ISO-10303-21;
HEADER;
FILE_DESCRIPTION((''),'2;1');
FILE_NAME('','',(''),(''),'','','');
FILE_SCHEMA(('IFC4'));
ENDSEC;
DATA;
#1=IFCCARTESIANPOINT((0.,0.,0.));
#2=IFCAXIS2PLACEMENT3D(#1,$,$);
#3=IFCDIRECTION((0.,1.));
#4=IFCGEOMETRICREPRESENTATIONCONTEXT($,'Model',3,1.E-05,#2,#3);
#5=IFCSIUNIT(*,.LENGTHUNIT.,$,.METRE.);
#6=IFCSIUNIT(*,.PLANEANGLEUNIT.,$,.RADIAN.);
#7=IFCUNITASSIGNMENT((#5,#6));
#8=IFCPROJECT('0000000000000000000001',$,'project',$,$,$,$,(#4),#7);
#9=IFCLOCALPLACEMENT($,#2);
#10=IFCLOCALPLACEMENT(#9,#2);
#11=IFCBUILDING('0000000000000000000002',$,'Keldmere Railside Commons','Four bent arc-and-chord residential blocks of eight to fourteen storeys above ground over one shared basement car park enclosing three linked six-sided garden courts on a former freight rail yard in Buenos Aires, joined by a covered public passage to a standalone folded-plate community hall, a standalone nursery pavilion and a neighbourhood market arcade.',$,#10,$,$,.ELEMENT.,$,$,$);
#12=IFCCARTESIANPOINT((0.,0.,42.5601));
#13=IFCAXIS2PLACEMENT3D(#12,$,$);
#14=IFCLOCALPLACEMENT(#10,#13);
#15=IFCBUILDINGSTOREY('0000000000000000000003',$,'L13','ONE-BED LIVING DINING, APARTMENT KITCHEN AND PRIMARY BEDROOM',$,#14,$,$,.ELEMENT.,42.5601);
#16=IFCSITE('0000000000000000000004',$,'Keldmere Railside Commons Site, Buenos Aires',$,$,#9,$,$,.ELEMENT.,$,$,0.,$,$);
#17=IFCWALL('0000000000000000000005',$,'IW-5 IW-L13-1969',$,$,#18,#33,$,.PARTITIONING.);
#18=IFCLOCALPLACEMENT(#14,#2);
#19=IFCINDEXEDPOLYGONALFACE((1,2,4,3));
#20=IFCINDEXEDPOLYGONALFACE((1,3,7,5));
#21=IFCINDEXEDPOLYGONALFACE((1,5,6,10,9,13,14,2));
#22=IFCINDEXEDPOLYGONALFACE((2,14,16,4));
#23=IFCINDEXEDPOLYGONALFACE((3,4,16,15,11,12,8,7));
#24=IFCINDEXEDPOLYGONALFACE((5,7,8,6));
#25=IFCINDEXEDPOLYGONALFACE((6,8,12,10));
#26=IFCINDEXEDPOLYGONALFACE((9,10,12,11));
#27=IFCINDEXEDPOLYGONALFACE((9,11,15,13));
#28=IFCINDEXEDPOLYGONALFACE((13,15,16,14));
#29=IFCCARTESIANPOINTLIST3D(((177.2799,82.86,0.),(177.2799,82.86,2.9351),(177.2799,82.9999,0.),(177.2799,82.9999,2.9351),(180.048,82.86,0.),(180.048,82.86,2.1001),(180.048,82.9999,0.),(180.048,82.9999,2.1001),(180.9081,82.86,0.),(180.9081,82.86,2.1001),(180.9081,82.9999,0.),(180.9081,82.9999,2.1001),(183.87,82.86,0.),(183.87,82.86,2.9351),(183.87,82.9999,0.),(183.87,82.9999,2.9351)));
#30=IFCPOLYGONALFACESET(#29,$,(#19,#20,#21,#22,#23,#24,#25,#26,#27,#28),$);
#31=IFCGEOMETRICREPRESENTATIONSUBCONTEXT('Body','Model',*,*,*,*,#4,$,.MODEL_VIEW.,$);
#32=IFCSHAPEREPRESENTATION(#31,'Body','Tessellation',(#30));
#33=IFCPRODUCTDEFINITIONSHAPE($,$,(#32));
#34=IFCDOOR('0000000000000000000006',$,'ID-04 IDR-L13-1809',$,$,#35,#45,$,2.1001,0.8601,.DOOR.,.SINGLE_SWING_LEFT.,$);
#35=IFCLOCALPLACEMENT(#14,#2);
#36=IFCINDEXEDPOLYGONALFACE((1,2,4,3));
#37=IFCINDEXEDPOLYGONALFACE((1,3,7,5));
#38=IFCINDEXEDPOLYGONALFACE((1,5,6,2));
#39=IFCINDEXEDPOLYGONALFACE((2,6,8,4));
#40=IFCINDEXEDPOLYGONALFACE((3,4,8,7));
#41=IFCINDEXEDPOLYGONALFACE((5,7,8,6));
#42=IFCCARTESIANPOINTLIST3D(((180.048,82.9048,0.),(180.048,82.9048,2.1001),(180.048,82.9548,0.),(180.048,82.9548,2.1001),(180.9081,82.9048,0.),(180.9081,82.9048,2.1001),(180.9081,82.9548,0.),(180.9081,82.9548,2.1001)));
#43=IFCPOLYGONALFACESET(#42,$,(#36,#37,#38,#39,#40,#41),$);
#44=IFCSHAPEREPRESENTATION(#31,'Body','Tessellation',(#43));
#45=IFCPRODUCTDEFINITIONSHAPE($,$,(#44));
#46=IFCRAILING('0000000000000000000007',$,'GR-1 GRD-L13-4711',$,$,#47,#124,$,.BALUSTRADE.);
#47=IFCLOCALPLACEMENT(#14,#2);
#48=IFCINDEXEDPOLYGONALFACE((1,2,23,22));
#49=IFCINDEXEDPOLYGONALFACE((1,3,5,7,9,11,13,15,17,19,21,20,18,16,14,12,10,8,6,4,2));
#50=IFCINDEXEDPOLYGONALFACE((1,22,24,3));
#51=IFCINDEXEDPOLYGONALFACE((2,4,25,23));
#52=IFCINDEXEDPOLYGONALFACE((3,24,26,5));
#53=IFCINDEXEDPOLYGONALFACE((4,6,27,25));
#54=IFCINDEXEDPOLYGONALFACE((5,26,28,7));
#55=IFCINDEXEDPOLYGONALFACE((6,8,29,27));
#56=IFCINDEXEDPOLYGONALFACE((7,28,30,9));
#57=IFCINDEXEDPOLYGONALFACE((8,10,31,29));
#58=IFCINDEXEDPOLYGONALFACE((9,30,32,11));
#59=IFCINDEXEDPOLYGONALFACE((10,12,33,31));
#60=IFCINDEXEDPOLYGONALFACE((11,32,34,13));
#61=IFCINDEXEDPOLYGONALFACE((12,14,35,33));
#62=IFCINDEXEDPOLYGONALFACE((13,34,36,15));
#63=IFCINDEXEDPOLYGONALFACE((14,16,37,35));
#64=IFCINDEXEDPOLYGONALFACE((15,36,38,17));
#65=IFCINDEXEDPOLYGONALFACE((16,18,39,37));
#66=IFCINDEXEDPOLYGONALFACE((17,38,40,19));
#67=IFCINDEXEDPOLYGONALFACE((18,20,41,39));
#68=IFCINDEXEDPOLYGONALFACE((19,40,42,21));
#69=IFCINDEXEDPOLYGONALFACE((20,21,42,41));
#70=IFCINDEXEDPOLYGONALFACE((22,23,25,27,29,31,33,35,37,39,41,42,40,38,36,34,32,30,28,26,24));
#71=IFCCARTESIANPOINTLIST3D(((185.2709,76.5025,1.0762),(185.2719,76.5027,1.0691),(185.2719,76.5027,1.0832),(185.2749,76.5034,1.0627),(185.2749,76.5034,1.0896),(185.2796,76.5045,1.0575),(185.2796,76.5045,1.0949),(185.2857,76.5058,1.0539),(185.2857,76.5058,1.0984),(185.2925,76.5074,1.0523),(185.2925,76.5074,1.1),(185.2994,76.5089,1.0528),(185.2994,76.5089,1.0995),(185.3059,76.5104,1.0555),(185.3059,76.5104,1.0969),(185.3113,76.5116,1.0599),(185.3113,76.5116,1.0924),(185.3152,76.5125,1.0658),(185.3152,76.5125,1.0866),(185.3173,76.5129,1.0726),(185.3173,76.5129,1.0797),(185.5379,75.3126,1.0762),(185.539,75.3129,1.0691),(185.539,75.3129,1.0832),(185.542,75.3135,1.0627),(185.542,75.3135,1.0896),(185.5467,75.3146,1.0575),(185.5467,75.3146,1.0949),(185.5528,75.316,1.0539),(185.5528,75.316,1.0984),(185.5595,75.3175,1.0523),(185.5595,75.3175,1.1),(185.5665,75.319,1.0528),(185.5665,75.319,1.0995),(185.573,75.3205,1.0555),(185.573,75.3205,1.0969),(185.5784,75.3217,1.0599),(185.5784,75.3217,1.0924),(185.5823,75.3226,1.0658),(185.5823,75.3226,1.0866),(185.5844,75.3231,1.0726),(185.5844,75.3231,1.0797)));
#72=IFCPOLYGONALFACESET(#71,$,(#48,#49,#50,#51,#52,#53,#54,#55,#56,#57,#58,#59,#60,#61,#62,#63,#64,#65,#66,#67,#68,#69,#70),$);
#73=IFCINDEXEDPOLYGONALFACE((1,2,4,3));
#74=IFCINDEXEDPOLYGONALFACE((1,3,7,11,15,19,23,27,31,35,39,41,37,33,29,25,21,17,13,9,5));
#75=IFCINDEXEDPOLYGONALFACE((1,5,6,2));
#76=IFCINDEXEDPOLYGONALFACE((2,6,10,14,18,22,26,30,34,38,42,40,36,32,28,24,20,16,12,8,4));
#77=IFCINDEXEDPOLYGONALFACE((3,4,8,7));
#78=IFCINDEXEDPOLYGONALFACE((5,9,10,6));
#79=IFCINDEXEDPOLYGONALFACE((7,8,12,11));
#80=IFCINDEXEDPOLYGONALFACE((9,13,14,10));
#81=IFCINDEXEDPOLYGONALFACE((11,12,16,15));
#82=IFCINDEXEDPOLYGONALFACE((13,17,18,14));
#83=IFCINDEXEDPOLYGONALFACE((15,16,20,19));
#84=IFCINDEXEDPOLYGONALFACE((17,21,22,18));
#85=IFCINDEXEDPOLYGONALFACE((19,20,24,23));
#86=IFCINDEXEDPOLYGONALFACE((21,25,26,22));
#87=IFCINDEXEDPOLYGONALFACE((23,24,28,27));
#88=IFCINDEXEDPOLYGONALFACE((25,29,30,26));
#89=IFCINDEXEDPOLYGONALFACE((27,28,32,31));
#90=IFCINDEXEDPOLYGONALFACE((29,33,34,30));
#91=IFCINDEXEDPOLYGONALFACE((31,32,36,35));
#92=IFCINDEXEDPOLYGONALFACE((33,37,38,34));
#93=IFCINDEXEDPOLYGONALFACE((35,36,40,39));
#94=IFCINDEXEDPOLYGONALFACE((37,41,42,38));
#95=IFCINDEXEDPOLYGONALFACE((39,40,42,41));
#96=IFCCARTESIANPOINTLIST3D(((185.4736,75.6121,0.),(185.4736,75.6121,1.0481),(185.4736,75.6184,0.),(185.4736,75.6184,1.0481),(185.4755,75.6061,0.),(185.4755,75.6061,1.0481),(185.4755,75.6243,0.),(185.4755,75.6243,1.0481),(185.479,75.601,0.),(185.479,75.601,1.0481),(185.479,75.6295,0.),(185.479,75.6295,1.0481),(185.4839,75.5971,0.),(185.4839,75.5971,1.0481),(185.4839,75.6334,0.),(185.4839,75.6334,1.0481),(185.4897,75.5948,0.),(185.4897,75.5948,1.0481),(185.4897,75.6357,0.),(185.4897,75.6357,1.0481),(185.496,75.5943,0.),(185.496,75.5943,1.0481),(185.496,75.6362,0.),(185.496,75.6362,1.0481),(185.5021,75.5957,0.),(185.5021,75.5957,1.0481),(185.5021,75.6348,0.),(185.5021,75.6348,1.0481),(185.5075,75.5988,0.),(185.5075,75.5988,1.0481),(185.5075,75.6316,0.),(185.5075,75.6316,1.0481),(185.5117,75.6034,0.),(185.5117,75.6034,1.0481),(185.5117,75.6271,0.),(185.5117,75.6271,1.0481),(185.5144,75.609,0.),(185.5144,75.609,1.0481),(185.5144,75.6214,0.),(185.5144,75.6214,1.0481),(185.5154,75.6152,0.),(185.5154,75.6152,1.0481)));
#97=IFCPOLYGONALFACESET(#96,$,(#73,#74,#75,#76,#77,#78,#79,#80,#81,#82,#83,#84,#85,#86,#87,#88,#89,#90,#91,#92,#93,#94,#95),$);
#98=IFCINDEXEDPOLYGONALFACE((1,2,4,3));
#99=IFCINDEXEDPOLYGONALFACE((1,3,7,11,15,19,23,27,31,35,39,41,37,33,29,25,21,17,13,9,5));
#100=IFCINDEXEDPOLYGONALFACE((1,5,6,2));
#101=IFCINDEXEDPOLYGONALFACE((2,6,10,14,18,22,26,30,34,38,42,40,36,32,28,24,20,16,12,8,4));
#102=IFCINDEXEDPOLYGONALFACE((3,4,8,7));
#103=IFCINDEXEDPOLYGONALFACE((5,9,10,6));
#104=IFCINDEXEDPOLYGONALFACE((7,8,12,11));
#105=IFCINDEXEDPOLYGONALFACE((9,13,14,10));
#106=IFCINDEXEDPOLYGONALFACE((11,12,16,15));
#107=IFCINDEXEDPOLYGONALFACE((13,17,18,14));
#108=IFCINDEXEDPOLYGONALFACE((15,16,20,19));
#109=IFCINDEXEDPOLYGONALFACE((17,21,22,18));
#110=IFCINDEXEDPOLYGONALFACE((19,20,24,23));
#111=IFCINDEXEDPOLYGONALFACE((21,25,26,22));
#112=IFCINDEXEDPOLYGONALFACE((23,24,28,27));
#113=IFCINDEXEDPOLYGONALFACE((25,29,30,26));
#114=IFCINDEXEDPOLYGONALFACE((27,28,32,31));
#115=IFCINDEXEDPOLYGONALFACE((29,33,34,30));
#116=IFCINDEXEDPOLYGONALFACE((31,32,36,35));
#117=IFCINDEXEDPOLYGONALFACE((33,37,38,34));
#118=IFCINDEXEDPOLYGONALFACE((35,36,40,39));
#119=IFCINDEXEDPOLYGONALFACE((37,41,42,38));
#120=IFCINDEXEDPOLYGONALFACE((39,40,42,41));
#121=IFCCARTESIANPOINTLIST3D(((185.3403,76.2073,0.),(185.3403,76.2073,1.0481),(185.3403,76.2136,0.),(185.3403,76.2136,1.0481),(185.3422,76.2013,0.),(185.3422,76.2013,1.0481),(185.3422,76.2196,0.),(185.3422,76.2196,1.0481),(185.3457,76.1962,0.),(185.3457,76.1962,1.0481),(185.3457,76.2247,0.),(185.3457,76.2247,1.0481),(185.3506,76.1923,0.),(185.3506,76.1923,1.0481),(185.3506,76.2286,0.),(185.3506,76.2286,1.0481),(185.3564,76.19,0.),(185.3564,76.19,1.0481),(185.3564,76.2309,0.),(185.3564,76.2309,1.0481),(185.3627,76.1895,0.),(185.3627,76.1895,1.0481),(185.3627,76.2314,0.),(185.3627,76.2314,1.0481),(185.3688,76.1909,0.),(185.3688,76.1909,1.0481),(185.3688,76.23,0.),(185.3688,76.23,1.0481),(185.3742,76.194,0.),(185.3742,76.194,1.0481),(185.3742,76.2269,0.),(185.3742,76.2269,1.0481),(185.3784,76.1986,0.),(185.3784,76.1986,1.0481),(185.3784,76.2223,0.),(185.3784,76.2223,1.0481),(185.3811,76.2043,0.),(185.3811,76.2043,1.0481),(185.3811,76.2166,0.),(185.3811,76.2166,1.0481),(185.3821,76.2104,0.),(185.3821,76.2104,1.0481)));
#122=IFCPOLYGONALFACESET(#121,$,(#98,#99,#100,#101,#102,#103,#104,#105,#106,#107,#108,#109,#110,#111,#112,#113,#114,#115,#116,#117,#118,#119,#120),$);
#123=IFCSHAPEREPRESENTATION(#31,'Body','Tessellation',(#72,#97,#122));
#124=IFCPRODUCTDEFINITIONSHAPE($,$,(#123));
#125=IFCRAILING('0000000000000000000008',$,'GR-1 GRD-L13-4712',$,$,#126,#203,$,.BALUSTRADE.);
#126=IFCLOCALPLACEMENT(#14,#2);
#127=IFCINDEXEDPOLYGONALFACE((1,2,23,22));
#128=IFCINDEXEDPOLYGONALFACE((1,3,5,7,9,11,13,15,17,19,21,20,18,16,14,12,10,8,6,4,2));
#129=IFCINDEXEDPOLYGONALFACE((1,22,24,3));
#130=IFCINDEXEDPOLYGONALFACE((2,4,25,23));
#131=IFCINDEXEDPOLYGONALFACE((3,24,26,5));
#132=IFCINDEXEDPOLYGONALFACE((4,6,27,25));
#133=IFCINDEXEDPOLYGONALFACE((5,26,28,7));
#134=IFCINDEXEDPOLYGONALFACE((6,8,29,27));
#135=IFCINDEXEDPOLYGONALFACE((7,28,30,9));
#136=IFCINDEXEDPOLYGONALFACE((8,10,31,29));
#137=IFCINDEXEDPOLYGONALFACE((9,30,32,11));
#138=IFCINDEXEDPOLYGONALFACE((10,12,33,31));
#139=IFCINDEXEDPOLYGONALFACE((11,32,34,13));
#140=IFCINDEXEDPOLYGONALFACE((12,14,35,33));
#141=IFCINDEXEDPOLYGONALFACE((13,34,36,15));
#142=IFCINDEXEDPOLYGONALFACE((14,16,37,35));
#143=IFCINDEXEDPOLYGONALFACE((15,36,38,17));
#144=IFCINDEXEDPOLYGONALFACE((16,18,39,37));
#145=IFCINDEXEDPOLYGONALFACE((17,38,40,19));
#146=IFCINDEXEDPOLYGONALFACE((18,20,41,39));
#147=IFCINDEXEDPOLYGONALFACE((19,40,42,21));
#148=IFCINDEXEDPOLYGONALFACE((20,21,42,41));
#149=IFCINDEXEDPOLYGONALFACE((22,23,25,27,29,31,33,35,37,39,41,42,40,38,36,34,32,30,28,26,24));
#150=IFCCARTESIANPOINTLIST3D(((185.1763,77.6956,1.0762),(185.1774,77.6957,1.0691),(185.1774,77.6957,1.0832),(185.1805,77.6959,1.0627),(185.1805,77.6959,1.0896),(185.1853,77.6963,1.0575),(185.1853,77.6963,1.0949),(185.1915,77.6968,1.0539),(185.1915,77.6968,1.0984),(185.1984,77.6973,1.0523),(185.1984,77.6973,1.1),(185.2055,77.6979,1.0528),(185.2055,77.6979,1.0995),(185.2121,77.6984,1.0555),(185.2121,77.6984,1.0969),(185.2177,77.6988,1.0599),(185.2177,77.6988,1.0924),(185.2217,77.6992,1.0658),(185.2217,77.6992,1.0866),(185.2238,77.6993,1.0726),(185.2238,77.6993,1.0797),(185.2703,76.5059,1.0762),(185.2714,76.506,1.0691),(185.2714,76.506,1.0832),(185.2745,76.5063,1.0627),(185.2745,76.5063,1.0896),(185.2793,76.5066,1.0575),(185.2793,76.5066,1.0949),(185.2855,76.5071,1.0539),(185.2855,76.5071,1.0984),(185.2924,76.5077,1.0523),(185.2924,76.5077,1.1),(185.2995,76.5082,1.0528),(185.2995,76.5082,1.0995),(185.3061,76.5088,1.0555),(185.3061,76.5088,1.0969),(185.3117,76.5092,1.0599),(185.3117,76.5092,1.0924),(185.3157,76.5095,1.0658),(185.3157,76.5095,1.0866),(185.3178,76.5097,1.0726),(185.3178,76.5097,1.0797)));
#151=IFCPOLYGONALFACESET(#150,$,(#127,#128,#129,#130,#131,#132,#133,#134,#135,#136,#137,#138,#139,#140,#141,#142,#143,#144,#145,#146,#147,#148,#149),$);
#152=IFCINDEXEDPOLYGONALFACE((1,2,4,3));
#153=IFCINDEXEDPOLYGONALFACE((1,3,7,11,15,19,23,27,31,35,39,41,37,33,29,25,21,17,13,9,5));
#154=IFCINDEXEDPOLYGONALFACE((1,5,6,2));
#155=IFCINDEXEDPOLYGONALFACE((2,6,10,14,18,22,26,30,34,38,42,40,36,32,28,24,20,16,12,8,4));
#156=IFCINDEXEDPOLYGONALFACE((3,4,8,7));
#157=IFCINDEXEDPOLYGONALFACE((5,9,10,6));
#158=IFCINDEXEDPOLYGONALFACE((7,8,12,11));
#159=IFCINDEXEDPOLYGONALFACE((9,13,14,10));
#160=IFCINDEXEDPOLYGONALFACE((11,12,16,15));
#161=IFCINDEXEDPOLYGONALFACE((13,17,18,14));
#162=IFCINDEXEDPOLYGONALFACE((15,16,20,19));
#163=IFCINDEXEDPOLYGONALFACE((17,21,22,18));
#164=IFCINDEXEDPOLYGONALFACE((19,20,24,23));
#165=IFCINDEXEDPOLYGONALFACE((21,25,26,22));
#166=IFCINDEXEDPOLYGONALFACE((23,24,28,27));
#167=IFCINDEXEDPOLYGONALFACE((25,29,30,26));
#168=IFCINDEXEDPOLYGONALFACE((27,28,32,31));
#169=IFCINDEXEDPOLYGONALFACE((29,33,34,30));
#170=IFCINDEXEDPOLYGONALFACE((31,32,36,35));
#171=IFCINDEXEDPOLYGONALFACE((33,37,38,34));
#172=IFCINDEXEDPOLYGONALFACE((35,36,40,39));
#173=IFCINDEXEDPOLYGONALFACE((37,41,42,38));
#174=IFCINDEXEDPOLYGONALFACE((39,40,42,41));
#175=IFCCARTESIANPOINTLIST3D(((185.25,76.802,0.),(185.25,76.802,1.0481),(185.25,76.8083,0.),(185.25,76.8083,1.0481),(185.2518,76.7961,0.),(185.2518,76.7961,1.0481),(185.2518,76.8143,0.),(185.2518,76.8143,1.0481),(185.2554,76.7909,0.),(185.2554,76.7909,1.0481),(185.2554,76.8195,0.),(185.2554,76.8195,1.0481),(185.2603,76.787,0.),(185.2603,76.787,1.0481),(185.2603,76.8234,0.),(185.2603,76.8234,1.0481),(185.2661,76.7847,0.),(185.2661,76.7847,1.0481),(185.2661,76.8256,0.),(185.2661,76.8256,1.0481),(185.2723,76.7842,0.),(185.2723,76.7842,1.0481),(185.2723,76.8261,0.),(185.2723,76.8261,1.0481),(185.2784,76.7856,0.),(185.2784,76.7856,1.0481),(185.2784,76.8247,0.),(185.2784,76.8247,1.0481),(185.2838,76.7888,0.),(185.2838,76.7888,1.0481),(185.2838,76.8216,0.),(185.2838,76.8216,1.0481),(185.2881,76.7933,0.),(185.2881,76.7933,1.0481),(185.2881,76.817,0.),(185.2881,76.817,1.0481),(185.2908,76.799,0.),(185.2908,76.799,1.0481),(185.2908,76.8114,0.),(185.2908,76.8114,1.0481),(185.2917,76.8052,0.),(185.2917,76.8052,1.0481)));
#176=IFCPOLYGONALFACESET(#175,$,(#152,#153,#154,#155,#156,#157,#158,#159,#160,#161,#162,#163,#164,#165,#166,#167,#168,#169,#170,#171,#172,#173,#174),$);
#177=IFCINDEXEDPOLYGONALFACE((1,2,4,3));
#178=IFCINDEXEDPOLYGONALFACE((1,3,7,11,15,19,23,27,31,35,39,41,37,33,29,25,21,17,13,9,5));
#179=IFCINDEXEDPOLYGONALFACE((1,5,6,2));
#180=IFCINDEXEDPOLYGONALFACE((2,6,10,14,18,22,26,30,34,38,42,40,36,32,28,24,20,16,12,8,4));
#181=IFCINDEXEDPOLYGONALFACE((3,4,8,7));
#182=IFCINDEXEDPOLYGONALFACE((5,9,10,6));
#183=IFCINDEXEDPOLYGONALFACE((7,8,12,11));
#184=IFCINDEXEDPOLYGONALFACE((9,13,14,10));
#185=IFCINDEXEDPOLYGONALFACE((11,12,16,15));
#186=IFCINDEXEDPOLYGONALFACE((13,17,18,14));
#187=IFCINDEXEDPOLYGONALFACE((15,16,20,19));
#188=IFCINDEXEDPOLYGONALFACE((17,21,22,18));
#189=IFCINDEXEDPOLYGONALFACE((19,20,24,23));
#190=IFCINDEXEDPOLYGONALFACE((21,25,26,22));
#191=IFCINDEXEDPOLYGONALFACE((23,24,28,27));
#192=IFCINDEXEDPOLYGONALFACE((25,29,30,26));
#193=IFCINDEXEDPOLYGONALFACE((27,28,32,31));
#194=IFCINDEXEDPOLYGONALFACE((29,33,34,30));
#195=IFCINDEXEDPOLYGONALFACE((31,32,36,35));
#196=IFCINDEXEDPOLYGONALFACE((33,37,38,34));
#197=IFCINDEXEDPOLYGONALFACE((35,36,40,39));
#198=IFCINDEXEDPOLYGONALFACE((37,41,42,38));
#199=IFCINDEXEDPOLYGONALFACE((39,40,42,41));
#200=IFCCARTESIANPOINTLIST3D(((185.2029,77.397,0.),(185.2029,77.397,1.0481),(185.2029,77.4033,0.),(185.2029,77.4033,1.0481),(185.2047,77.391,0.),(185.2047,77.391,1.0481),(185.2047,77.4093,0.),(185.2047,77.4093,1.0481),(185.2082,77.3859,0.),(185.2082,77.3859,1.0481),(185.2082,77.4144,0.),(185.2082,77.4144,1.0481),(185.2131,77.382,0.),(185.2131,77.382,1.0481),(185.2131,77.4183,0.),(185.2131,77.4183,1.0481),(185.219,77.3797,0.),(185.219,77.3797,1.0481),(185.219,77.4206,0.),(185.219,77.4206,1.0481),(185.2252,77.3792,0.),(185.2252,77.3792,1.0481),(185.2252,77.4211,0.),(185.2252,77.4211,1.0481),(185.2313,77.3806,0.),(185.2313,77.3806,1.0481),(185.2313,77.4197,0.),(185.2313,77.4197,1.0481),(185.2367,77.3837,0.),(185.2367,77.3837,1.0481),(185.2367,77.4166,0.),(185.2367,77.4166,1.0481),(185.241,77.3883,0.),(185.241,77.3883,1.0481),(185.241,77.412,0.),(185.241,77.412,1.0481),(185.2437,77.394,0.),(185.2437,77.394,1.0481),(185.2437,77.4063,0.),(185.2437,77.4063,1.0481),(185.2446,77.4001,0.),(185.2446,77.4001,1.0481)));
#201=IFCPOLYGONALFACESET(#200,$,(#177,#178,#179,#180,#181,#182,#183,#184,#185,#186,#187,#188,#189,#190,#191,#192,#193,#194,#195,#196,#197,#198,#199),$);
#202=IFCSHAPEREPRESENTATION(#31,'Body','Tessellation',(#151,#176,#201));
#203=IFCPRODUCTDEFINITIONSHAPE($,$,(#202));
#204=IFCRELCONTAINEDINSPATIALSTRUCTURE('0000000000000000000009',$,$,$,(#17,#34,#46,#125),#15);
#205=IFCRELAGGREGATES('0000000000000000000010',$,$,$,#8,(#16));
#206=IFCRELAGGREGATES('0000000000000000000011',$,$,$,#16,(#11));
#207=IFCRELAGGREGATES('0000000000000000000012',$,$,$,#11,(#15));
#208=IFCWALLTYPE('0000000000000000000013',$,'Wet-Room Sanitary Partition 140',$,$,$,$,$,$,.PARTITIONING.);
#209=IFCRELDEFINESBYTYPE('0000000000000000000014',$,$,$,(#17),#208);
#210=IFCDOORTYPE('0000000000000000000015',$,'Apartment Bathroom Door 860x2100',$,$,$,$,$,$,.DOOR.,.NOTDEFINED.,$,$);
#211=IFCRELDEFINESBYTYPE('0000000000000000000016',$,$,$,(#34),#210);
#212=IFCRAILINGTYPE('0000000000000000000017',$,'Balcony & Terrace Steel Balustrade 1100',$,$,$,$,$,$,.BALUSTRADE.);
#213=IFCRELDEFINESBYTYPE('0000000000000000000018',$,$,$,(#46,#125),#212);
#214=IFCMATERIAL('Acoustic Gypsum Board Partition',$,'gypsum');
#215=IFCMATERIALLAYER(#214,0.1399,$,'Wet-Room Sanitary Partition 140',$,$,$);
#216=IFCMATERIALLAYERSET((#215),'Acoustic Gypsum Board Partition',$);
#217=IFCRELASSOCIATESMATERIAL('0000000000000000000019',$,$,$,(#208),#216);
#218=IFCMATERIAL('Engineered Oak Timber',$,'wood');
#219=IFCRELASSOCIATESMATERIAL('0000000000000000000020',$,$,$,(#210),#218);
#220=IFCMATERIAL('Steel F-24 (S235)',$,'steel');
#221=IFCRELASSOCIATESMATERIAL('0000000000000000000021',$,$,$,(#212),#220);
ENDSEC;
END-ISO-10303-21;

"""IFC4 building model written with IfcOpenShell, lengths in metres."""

from ifc_helpers import new_model, si_unit, direction, frame, frame_2d, origin, origin_2d, place, context, subcontext, project, spatial, rectangle, circle, extrude, material, layer, layer_set, type_object, element, fill, save


model = new_model("IFC4")

# Units and contexts
model_context = context("Model", 3, precision=1e-05, world=origin(), true_north=direction((0.0, 1.0)))
body_context = subcontext(model_context, "Body", "Model", "MODEL_VIEW")
ifc_project = project(units=[si_unit("LENGTHUNIT", "METRE"), si_unit("PLANEANGLEUNIT", "RADIAN")], contexts=[model_context])

# Site, building, storey
site_placement = place(None, origin())
site = spatial("IfcSite", under=ifc_project, at=site_placement, Name="Keldmere Railside Commons Site, Buenos Aires", CompositionType="ELEMENT", RefElevation=0.0)
building_placement = place(site_placement, origin())
building = spatial("IfcBuilding", under=site, at=building_placement, Name="Keldmere Railside Commons", Description="Four bent arc-and-chord residential blocks of eight to fourteen storeys above ground over one shared basement car park enclosing three linked six-sided garden courts on a former freight rail yard in Buenos Aires, joined by a covered public passage to a standalone folded-plate community hall, a standalone nursery pavilion and a neighbourhood market arcade.", CompositionType="ELEMENT")
storey_placement = place(building_placement, frame((0.0, 0.0, 42.5601)))
storey = spatial("IfcBuildingStorey", under=building, at=storey_placement, Name="L13", Description="ONE-BED LIVING DINING, APARTMENT KITCHEN AND PRIMARY BEDROOM", CompositionType="ELEMENT", Elevation=42.5601)

# Shared definitions
ifc_material_1 = material(Name="Acoustic Gypsum Board Partition", Category="gypsum")
ifc_material_2 = material(Name="Engineered Oak Timber", Category="wood")

# Wall, opening, door
ifc_layer_1 = layer(ifc_material_1, 0.1399, Name="Wet-Room Sanitary Partition 140")
ifc_layer_set_1 = layer_set([ifc_layer_1], Name="Acoustic Gypsum Board Partition")
wall_type_1 = type_object("IfcWallType", Name="Wet-Room Sanitary Partition 140", PredefinedType="PARTITIONING", material=ifc_layer_set_1)
wall_1_placement = place(storey_placement, frame((177.28, 82.9299, 0.0), z_axis=(0.0, 0.0, 1.0), x_axis=(1.0, 0.0, 0.0)))
wall_1 = element("IfcWall", 1, at=wall_1_placement, inside=storey, type_object=wall_type_1, Name="IW-5 IW-L13-1969", PredefinedType="PARTITIONING", context=body_context, shape_type="SweptSolid", body=[
    extrude(rectangle(XDim=6.5901, YDim=0.1399, at=frame_2d((3.2949, 0.0))), origin(), (0.0, 0.0, 1.0), 2.9351),
])
opening_1_placement = place(wall_1_placement, frame((2.7678, 0.0, 0.0)))
opening_1 = element("IfcOpeningElement", 2, at=opening_1_placement, cuts=wall_1, PredefinedType="OPENING", context=body_context, shape_type="SweptSolid", body=[
    extrude(rectangle(XDim=0.8601, YDim=2.1001, at=frame_2d((0.4302, 1.05))), frame((0.0, 0.0798, 0.0), z_axis=(0.0, -1.0, 0.0), x_axis=(1.0, 0.0, 0.0)), (0.0, 0.0, 1.0), 0.1599),
])
door_type_1 = type_object("IfcDoorType", Name="Apartment Bathroom Door 860x2100", OperationType="NOTDEFINED", PredefinedType="DOOR", material=ifc_material_2)
door_1_placement = place(opening_1_placement, origin())
door_1 = element("IfcDoor", 3, at=door_1_placement, inside=storey, type_object=door_type_1, Name="ID-04 IDR-L13-1809", OperationType="SINGLE_SWING_LEFT", OverallHeight=2.1001, OverallWidth=0.8601, PredefinedType="DOOR", context=body_context, shape_type="SweptSolid", body=[
    extrude(rectangle(XDim=0.8601, YDim=2.1001, at=frame_2d((0.4302, 1.05))), frame((0.0, 0.0249, 0.0), z_axis=(0.0, -1.0, 0.0), x_axis=(1.0, 0.0, 0.0)), (0.0, 0.0, 1.0), 0.05),
])
fill(opening_1, door_1)

# Railings
ifc_material_3 = material(Name="Steel F-24 (S235)", Category="steel")
railing_type = type_object("IfcRailingType", Name="Balcony & Terrace Steel Balustrade 1100", PredefinedType="BALUSTRADE", material=ifc_material_3)
railing_1_placement = place(storey_placement, frame((185.5613, 75.3179, 0.0)))
element("IfcRailing", 4, at=railing_1_placement, inside=storey, type_object=railing_type, Name="GR-1 GRD-L13-4711", PredefinedType="BALUSTRADE", context=body_context, shape_type="SweptSolid", body=[
    extrude(circle(Radius=0.0239, at=origin_2d()), frame((0.0, 0.0, 1.0762), z_axis=(-0.219007, 0.975723, 0.0), x_axis=(-0.975723, -0.219007, 0.0)), (0.0, 0.0, 1.0), 1.2195),
    extrude(circle(Radius=0.021, at=origin_2d()), frame((-0.0669, 0.2974, 0.0)), (0.0, 0.0, 1.0), 1.0481),
    extrude(circle(Radius=0.021, at=origin_2d()), frame((-0.2002, 0.8926, 0.0)), (0.0, 0.0, 1.0), 1.0481),
])
railing_2_placement = place(storey_placement, frame((185.2942, 76.5078, 0.0)))
element("IfcRailing", 5, at=railing_2_placement, inside=storey, type_object=railing_type, Name="GR-1 GRD-L13-4712", PredefinedType="BALUSTRADE", context=body_context, shape_type="SweptSolid", body=[
    extrude(circle(Radius=0.0239, at=origin_2d()), frame((0.0, 0.0, 1.0762), z_axis=(-0.078761, 0.996894, 0.0), x_axis=(-0.996894, -0.078761, 0.0)), (0.0, 0.0, 1.0), 1.1934),
    extrude(circle(Radius=0.021, at=origin_2d()), frame((-0.0234, 0.2974, 0.0)), (0.0, 0.0, 1.0), 1.0481),
    extrude(circle(Radius=0.021, at=origin_2d()), frame((-0.0706, 0.8923, 0.0)), (0.0, 0.0, 1.0), 1.0481),
])

save(model, "model.ifc")
